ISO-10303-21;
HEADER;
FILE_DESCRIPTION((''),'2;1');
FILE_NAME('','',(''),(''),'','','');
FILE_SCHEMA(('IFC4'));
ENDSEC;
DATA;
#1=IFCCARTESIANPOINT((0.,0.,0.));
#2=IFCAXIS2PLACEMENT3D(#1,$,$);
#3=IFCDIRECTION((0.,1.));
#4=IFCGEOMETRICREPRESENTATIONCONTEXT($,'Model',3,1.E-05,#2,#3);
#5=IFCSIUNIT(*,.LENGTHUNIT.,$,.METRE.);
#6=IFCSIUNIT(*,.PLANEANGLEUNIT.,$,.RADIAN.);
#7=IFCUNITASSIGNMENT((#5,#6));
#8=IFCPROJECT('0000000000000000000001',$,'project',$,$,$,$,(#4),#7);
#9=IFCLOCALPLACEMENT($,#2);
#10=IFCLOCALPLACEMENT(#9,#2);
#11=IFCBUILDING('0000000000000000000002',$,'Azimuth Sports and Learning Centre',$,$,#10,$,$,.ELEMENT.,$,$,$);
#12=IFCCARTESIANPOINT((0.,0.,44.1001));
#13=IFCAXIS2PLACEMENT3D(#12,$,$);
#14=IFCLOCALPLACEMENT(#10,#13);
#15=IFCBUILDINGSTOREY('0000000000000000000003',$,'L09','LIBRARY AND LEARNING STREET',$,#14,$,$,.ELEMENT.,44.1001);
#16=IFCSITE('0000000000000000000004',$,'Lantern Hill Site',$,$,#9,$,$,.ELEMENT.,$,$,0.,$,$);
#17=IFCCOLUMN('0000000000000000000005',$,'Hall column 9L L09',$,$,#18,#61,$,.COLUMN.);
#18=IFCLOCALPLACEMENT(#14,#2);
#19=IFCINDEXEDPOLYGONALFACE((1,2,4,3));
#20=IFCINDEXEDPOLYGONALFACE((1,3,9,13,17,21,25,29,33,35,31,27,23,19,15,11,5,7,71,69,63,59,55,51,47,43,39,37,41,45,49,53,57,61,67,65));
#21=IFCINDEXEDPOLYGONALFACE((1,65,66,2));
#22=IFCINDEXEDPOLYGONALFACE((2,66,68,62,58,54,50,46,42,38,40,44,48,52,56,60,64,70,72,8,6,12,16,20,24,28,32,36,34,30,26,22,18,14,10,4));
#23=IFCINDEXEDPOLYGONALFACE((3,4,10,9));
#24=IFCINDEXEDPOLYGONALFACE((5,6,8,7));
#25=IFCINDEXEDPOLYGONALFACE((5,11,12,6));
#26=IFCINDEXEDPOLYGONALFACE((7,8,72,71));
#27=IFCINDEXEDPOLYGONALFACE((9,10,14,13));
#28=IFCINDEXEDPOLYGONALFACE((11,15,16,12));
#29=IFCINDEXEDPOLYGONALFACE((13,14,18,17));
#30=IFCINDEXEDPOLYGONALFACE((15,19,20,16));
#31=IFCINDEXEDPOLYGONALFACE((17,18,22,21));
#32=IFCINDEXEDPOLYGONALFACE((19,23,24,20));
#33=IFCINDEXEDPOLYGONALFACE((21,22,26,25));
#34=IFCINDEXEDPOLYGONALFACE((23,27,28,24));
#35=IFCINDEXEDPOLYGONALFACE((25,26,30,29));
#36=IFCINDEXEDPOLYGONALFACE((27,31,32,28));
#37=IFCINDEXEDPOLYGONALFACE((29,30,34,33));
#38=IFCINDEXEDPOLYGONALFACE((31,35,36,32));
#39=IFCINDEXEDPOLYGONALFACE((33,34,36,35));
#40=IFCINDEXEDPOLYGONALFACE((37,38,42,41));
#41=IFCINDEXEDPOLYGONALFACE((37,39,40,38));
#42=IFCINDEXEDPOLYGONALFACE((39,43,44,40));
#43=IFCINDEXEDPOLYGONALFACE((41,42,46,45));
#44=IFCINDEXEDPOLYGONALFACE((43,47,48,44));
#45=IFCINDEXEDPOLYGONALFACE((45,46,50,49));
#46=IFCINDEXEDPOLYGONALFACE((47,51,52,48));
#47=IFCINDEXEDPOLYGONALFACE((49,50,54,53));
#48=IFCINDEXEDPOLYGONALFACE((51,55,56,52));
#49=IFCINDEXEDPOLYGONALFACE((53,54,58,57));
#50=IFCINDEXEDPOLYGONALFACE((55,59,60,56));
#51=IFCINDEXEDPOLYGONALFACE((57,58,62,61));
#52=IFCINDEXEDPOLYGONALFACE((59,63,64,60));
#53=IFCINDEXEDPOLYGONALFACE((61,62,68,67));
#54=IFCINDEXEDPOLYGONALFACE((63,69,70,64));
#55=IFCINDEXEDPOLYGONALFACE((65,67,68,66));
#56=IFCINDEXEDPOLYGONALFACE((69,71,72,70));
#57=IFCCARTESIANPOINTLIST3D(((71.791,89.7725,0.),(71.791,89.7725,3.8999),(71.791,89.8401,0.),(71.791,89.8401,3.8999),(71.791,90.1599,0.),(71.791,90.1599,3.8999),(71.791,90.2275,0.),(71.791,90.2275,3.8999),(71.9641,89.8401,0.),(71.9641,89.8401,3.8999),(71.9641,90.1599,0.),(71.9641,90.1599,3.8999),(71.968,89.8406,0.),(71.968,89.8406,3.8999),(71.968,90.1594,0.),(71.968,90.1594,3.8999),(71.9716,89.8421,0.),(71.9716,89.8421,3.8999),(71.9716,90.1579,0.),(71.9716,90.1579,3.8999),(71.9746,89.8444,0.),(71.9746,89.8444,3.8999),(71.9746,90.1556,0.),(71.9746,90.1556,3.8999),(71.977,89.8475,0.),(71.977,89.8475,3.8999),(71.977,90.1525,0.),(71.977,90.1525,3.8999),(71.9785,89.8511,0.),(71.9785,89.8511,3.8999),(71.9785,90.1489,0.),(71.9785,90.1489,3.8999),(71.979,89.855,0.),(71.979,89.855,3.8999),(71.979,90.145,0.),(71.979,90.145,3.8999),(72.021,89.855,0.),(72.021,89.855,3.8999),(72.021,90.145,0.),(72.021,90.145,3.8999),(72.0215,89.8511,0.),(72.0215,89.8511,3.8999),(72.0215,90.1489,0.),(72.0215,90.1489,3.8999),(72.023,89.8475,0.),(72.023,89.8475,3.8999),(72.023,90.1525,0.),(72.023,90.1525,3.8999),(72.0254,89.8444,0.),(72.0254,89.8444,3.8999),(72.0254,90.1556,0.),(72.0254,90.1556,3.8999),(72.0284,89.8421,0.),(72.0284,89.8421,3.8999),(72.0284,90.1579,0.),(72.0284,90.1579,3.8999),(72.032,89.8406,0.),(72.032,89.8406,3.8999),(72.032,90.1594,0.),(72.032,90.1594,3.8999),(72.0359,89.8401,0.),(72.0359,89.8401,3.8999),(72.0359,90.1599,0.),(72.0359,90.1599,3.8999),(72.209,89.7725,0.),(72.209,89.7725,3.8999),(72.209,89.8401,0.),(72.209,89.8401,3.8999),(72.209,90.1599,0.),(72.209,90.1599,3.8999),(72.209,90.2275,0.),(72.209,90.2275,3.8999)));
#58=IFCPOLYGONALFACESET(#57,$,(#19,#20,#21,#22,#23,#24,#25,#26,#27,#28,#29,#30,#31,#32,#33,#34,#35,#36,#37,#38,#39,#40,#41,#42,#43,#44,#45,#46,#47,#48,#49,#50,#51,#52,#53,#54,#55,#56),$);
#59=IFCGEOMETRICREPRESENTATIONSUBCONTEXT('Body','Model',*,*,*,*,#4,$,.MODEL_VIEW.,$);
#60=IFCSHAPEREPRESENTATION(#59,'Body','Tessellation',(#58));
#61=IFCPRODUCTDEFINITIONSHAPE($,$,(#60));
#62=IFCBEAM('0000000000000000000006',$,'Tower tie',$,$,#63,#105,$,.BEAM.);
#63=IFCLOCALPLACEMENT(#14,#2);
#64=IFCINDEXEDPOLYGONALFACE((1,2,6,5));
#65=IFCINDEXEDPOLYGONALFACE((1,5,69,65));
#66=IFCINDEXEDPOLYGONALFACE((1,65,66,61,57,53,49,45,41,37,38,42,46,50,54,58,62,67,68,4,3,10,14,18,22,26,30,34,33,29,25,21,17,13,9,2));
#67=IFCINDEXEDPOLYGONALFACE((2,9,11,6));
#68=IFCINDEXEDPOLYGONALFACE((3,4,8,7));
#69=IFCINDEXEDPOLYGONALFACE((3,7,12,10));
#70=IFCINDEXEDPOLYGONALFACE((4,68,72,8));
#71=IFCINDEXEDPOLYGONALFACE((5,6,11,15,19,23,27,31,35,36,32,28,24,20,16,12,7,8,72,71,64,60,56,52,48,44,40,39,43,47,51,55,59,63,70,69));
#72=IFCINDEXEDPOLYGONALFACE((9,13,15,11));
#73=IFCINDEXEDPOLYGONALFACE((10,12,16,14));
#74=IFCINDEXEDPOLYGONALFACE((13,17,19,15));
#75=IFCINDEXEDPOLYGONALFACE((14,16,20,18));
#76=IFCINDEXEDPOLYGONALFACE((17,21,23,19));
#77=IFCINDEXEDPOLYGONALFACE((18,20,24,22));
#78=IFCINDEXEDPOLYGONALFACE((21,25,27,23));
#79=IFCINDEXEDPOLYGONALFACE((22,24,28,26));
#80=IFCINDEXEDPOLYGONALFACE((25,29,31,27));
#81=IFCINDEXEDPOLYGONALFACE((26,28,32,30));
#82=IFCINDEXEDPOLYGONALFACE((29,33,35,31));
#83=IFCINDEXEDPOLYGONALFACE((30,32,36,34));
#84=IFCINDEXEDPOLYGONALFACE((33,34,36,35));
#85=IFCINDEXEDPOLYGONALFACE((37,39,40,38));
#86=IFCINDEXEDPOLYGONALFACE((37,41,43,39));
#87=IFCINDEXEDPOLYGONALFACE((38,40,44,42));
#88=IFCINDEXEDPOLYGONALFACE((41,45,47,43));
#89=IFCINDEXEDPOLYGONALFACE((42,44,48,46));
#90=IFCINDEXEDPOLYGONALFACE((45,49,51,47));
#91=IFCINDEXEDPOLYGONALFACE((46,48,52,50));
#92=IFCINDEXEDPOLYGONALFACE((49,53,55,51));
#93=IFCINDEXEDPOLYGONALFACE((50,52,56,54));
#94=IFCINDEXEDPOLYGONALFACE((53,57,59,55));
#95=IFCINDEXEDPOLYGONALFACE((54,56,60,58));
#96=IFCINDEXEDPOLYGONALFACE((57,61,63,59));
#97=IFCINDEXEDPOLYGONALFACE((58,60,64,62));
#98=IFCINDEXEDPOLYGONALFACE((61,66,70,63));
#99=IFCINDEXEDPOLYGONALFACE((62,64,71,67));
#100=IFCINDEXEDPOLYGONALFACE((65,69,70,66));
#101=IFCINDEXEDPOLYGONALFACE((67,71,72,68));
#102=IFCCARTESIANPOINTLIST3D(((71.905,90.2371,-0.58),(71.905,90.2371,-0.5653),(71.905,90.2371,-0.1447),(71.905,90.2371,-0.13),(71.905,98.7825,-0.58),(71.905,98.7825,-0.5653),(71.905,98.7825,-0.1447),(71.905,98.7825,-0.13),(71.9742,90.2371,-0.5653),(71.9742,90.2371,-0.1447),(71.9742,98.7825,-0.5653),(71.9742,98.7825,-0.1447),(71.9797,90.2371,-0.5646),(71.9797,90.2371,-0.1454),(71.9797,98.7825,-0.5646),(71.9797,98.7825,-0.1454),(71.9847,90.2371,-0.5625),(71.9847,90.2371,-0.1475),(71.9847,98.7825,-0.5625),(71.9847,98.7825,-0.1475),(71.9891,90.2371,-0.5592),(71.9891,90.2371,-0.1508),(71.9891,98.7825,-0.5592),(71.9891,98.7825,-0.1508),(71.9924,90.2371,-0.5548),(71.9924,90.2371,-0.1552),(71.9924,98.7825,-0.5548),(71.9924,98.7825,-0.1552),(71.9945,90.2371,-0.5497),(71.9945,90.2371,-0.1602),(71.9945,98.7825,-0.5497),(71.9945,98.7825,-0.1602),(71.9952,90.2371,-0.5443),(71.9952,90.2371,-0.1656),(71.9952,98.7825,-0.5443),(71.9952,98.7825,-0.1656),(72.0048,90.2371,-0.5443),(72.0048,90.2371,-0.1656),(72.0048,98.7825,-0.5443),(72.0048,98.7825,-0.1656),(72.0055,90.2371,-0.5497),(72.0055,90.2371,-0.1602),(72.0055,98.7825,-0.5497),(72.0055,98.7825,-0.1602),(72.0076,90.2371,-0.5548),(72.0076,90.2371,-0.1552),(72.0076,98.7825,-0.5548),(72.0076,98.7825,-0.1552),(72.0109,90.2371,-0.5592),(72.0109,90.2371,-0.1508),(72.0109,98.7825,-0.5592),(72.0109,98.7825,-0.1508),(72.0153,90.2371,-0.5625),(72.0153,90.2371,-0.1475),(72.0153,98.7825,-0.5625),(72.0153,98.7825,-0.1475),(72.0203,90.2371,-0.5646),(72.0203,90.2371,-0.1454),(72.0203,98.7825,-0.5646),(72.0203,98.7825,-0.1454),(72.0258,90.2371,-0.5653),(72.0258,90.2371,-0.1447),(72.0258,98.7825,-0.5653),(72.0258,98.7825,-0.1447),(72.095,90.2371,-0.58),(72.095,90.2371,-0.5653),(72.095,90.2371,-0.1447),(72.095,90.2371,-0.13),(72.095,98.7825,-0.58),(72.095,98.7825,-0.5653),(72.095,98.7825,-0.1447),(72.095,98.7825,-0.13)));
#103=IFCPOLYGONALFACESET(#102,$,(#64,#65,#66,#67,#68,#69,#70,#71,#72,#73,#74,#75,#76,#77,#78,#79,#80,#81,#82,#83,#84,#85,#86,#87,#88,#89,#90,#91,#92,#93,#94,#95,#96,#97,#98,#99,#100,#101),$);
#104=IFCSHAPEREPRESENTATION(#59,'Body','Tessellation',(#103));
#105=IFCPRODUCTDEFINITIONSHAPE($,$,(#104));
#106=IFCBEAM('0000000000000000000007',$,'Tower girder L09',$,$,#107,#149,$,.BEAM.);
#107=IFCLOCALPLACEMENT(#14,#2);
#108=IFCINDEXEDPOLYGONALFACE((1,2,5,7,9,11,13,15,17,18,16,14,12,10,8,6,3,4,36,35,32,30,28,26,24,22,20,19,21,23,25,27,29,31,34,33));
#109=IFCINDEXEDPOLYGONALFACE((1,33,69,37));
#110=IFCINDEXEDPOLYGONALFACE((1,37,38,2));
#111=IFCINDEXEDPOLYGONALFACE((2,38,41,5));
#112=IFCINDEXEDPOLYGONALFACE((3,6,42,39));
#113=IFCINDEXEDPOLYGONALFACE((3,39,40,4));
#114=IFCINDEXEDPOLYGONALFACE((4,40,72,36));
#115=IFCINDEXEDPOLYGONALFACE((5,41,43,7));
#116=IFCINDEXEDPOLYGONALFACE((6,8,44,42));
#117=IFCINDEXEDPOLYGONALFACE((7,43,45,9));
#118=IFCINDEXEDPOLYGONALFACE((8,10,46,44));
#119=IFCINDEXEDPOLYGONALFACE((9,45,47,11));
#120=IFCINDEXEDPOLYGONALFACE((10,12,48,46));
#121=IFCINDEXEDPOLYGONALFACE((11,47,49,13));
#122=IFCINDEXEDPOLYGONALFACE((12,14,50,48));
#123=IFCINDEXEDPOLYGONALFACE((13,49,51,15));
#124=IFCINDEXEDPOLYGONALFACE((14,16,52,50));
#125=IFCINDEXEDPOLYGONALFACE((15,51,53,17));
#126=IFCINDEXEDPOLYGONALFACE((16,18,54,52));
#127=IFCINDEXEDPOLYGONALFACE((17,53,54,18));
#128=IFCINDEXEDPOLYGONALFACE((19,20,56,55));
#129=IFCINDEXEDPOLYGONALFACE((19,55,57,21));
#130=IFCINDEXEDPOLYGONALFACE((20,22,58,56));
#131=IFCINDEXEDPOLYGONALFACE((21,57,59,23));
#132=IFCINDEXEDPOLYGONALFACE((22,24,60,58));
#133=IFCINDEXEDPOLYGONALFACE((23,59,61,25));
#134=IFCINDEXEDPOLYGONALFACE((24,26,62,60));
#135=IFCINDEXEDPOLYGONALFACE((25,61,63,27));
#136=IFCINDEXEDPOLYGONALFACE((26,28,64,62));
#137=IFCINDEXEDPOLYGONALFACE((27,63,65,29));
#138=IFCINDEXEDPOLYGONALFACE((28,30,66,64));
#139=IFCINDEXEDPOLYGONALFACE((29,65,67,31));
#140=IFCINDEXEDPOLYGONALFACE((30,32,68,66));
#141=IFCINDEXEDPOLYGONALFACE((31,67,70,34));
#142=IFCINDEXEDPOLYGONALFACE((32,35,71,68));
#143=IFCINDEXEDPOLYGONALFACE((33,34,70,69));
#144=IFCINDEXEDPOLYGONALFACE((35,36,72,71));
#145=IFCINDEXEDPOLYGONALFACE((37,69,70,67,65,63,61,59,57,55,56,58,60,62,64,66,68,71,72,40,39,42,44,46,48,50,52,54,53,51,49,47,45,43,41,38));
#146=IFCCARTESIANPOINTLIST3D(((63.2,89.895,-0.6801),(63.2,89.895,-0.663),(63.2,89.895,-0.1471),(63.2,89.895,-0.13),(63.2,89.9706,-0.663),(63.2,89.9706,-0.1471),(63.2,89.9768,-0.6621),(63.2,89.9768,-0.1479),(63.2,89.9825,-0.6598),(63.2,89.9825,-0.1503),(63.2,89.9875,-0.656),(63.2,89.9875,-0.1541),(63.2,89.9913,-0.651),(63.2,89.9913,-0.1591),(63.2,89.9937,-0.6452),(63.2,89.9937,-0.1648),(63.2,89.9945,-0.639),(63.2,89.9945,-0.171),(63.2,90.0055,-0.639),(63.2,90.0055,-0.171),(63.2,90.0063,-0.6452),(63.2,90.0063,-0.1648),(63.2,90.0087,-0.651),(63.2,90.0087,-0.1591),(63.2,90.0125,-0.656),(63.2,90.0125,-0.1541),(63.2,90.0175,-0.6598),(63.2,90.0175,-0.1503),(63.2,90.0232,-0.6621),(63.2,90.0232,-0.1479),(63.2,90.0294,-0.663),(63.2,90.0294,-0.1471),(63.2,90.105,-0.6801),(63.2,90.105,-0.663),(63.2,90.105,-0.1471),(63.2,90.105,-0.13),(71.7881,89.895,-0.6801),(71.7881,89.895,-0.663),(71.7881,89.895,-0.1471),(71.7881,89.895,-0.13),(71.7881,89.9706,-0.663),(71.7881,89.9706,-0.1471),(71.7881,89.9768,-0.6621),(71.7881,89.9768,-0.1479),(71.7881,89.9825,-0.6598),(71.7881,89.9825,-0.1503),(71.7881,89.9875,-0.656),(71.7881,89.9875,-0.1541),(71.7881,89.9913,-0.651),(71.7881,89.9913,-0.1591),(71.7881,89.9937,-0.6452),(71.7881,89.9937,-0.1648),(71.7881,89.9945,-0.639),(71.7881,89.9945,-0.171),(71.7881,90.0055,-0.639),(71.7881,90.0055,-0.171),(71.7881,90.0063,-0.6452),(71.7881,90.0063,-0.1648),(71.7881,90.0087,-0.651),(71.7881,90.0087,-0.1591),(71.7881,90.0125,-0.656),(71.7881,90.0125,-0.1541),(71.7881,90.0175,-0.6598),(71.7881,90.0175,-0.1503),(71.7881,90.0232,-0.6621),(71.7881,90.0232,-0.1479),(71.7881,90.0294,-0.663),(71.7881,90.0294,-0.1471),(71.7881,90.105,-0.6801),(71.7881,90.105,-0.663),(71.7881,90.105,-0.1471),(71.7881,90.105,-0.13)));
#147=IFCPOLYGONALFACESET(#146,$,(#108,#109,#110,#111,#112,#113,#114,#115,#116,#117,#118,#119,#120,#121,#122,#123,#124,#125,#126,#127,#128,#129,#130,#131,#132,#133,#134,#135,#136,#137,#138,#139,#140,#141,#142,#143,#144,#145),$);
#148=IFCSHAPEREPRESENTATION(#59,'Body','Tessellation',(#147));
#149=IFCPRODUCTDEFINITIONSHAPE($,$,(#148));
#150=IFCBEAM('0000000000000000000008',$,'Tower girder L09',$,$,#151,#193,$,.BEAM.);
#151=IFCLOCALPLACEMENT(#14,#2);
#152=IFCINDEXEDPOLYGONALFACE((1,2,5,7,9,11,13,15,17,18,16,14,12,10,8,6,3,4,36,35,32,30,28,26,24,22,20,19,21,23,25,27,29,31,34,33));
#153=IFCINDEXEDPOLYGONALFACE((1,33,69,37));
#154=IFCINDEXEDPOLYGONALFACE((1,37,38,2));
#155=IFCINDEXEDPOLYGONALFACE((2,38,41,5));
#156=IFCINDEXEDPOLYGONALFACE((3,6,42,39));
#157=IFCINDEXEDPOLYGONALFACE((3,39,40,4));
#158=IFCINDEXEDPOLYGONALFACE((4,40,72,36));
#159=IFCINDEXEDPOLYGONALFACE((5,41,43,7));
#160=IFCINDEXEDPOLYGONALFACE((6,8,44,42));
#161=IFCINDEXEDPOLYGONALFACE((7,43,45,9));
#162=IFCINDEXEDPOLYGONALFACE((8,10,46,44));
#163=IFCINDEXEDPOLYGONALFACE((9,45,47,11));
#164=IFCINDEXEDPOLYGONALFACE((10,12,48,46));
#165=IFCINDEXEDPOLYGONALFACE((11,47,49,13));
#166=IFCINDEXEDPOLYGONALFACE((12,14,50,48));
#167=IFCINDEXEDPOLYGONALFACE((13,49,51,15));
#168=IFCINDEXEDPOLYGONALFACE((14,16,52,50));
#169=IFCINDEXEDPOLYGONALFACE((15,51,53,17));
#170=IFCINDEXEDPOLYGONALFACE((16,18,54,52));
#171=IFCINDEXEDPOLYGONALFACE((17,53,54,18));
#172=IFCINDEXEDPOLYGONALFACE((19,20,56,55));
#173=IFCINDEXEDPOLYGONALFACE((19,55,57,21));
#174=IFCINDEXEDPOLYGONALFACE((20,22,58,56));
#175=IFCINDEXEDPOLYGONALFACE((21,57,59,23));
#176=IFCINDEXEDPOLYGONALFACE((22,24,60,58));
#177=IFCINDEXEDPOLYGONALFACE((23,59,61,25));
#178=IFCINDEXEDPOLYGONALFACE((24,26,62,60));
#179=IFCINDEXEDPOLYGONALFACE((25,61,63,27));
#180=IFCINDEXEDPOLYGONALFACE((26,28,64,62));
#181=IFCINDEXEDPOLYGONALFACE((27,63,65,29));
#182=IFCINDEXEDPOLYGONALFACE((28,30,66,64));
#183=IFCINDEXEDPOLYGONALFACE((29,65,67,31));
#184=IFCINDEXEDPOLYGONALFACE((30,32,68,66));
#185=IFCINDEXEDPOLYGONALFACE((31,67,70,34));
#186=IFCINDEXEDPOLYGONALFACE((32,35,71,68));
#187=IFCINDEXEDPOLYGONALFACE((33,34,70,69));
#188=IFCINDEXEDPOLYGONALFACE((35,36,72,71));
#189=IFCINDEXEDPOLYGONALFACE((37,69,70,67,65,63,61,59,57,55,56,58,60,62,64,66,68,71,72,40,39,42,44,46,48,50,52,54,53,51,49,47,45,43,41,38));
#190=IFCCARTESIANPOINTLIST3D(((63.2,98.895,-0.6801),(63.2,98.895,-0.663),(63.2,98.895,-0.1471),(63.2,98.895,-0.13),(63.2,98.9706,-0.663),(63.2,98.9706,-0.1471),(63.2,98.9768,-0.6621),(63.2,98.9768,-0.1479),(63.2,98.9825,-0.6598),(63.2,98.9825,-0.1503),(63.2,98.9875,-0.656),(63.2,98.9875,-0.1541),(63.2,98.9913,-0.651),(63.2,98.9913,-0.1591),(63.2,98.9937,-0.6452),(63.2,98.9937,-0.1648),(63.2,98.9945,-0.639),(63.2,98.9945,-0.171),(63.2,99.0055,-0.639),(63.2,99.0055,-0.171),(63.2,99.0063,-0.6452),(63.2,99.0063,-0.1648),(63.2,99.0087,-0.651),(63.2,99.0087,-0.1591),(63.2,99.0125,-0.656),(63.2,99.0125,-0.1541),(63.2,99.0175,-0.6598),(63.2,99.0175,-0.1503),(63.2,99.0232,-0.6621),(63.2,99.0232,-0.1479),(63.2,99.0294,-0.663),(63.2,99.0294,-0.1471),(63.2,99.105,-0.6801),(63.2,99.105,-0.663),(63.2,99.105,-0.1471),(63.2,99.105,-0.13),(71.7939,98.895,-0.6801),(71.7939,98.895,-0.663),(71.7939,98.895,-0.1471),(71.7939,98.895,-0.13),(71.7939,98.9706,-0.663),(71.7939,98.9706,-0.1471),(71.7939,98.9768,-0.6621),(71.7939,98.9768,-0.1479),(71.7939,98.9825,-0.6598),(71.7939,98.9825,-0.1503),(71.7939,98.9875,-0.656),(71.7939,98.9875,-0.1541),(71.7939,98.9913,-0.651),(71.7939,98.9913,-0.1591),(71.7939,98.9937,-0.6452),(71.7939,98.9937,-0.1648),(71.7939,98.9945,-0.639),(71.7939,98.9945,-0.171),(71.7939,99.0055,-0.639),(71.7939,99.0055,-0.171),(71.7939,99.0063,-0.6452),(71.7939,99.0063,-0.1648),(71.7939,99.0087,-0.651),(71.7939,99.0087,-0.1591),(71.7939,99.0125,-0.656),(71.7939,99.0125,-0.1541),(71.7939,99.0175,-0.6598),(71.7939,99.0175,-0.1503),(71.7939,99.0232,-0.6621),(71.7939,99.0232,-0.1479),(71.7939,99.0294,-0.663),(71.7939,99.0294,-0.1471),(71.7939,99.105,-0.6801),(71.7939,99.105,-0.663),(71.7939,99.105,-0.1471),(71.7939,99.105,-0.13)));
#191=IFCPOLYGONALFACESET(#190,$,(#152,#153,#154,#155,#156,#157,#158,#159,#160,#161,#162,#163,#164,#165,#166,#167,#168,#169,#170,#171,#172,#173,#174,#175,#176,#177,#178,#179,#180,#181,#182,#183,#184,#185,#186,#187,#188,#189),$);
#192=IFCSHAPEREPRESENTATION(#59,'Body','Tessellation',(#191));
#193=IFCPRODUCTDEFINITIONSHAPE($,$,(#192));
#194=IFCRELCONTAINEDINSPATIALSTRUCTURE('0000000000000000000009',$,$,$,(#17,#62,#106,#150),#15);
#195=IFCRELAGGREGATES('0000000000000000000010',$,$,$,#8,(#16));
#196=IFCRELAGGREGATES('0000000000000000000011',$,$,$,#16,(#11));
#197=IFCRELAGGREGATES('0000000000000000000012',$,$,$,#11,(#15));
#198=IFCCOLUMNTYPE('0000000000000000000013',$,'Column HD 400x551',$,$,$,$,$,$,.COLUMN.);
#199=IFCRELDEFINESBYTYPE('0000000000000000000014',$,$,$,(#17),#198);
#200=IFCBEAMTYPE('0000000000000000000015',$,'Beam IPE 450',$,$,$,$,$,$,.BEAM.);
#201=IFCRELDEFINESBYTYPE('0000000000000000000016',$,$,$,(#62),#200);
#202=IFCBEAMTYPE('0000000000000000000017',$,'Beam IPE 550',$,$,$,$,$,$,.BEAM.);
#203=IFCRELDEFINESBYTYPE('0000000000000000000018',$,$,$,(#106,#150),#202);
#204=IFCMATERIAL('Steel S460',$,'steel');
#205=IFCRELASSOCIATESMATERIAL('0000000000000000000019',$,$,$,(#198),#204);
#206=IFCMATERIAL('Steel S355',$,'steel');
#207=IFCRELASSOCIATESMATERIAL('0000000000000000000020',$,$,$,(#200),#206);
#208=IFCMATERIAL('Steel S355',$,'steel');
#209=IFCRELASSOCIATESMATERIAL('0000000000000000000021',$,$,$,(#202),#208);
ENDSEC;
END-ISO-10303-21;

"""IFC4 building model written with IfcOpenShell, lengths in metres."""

from ifc_helpers import new_model, si_unit, direction, frame, origin, origin_2d, place, context, subcontext, project, spatial, i_section, extrude, material, material_profile, profile_set, type_object, element, save


model = new_model("IFC4")

# Units and contexts
model_context = context("Model", 3, precision=1e-05, world=origin(), true_north=direction((0.0, 1.0)))
body_context = subcontext(model_context, "Body", "Model", "MODEL_VIEW")
ifc_project = project(units=[si_unit("LENGTHUNIT", "METRE"), si_unit("PLANEANGLEUNIT", "RADIAN")], contexts=[model_context])

# Site, building, storey
site_placement = place(None, origin())
site = spatial("IfcSite", under=ifc_project, at=site_placement, Name="Lantern Hill Site", CompositionType="ELEMENT", RefElevation=0.0)
building_placement = place(site_placement, origin())
building = spatial("IfcBuilding", under=site, at=building_placement, Name="Azimuth Sports and Learning Centre", CompositionType="ELEMENT")
storey_placement = place(building_placement, frame((0.0, 0.0, 44.1001)))
storey = spatial("IfcBuildingStorey", under=building, at=storey_placement, Name="L09", Description="LIBRARY AND LEARNING STREET", CompositionType="ELEMENT", Elevation=44.1001)

# Column
ifc_material_1 = material(Name="Steel S460", Category="steel")
ifc_material_profile_1 = material_profile(ifc_material_1, i_section(OverallWidth=0.418, OverallDepth=0.4551, WebThickness=0.042, FlangeThickness=0.0676, FilletRadius=0.0149, at=origin_2d()), Name="HD 400x551")
ifc_profile_set_1 = profile_set([ifc_material_profile_1], Name="Steel S460")
column_type = type_object("IfcColumnType", Name="Column HD 400x551", PredefinedType="COLUMN", material=ifc_profile_set_1)
column_placement = place(storey_placement, frame((72.0, 90.0, 0.0), z_axis=(0.0, 0.0, 1.0), x_axis=(1.0, 0.0, 0.0)))
element("IfcColumn", 1, at=column_placement, inside=storey, type_object=column_type, Name="Hall column 9L L09", PredefinedType="COLUMN", context=body_context, shape_type="SweptSolid", body=[
    extrude(i_section(OverallWidth=0.418, OverallDepth=0.4551, WebThickness=0.042, FlangeThickness=0.0676, FilletRadius=0.0149, at=origin_2d()), origin(), (0.0, 0.0, 1.0), 3.8999),
])

# Beams
ifc_material_2 = material(Name="Steel S355", Category="steel")
ifc_material_profile_2 = material_profile(ifc_material_2, i_section(OverallWidth=0.1899, OverallDepth=0.45, WebThickness=0.0095, FlangeThickness=0.0146, FilletRadius=0.021, at=origin_2d()), Name="IPE 450")
ifc_profile_set_2 = profile_set([ifc_material_profile_2], Name="Steel S355")
beam_type_1 = type_object("IfcBeamType", Name="Beam IPE 450", PredefinedType="BEAM", material=ifc_profile_set_2)
beam_1_placement = place(storey_placement, frame((72.0, 90.2371, -0.355), z_axis=(0.0, 1.0, 0.0), x_axis=(-1.0, 0.0, 0.0)))
element("IfcBeam", 2, at=beam_1_placement, inside=storey, type_object=beam_type_1, Name="Tower tie", PredefinedType="BEAM", context=body_context, shape_type="SweptSolid", body=[
    extrude(i_section(OverallWidth=0.1899, OverallDepth=0.45, WebThickness=0.0095, FlangeThickness=0.0146, FilletRadius=0.021, at=origin_2d()), origin(), (0.0, 0.0, 1.0), 8.5454),
])
ifc_material_3 = material(Name="Steel S355", Category="steel")
ifc_material_profile_3 = material_profile(ifc_material_3, i_section(OverallWidth=0.21, OverallDepth=0.55, WebThickness=0.011, FlangeThickness=0.0171, FilletRadius=0.0239, at=origin_2d()), Name="IPE 550")
ifc_profile_set_3 = profile_set([ifc_material_profile_3], Name="Steel S355")
beam_type_2 = type_object("IfcBeamType", Name="Beam IPE 550", PredefinedType="BEAM", material=ifc_profile_set_3)
beam_2_placement = place(storey_placement, frame((63.2, 90.0, -0.405), z_axis=(1.0, 0.0, 0.0), x_axis=(0.0, 1.0, 0.0)))
element("IfcBeam", 3, at=beam_2_placement, inside=storey, type_object=beam_type_2, Name="Tower girder L09", PredefinedType="BEAM", context=body_context, shape_type="SweptSolid", body=[
    extrude(i_section(OverallWidth=0.21, OverallDepth=0.55, WebThickness=0.011, FlangeThickness=0.0171, FilletRadius=0.0239, at=origin_2d()), origin(), (0.0, 0.0, 1.0), 8.5881),
])
beam_3_placement = place(storey_placement, frame((63.2, 99.0, -0.405), z_axis=(1.0, 0.0, 0.0), x_axis=(0.0, 1.0, 0.0)))
element("IfcBeam", 4, at=beam_3_placement, inside=storey, type_object=beam_type_2, Name="Tower girder L09", PredefinedType="BEAM", context=body_context, shape_type="SweptSolid", body=[
    extrude(i_section(OverallWidth=0.21, OverallDepth=0.55, WebThickness=0.011, FlangeThickness=0.0171, FilletRadius=0.0239, at=origin_2d()), origin(), (0.0, 0.0, 1.0), 8.594),
])

save(model, "model.ifc")
